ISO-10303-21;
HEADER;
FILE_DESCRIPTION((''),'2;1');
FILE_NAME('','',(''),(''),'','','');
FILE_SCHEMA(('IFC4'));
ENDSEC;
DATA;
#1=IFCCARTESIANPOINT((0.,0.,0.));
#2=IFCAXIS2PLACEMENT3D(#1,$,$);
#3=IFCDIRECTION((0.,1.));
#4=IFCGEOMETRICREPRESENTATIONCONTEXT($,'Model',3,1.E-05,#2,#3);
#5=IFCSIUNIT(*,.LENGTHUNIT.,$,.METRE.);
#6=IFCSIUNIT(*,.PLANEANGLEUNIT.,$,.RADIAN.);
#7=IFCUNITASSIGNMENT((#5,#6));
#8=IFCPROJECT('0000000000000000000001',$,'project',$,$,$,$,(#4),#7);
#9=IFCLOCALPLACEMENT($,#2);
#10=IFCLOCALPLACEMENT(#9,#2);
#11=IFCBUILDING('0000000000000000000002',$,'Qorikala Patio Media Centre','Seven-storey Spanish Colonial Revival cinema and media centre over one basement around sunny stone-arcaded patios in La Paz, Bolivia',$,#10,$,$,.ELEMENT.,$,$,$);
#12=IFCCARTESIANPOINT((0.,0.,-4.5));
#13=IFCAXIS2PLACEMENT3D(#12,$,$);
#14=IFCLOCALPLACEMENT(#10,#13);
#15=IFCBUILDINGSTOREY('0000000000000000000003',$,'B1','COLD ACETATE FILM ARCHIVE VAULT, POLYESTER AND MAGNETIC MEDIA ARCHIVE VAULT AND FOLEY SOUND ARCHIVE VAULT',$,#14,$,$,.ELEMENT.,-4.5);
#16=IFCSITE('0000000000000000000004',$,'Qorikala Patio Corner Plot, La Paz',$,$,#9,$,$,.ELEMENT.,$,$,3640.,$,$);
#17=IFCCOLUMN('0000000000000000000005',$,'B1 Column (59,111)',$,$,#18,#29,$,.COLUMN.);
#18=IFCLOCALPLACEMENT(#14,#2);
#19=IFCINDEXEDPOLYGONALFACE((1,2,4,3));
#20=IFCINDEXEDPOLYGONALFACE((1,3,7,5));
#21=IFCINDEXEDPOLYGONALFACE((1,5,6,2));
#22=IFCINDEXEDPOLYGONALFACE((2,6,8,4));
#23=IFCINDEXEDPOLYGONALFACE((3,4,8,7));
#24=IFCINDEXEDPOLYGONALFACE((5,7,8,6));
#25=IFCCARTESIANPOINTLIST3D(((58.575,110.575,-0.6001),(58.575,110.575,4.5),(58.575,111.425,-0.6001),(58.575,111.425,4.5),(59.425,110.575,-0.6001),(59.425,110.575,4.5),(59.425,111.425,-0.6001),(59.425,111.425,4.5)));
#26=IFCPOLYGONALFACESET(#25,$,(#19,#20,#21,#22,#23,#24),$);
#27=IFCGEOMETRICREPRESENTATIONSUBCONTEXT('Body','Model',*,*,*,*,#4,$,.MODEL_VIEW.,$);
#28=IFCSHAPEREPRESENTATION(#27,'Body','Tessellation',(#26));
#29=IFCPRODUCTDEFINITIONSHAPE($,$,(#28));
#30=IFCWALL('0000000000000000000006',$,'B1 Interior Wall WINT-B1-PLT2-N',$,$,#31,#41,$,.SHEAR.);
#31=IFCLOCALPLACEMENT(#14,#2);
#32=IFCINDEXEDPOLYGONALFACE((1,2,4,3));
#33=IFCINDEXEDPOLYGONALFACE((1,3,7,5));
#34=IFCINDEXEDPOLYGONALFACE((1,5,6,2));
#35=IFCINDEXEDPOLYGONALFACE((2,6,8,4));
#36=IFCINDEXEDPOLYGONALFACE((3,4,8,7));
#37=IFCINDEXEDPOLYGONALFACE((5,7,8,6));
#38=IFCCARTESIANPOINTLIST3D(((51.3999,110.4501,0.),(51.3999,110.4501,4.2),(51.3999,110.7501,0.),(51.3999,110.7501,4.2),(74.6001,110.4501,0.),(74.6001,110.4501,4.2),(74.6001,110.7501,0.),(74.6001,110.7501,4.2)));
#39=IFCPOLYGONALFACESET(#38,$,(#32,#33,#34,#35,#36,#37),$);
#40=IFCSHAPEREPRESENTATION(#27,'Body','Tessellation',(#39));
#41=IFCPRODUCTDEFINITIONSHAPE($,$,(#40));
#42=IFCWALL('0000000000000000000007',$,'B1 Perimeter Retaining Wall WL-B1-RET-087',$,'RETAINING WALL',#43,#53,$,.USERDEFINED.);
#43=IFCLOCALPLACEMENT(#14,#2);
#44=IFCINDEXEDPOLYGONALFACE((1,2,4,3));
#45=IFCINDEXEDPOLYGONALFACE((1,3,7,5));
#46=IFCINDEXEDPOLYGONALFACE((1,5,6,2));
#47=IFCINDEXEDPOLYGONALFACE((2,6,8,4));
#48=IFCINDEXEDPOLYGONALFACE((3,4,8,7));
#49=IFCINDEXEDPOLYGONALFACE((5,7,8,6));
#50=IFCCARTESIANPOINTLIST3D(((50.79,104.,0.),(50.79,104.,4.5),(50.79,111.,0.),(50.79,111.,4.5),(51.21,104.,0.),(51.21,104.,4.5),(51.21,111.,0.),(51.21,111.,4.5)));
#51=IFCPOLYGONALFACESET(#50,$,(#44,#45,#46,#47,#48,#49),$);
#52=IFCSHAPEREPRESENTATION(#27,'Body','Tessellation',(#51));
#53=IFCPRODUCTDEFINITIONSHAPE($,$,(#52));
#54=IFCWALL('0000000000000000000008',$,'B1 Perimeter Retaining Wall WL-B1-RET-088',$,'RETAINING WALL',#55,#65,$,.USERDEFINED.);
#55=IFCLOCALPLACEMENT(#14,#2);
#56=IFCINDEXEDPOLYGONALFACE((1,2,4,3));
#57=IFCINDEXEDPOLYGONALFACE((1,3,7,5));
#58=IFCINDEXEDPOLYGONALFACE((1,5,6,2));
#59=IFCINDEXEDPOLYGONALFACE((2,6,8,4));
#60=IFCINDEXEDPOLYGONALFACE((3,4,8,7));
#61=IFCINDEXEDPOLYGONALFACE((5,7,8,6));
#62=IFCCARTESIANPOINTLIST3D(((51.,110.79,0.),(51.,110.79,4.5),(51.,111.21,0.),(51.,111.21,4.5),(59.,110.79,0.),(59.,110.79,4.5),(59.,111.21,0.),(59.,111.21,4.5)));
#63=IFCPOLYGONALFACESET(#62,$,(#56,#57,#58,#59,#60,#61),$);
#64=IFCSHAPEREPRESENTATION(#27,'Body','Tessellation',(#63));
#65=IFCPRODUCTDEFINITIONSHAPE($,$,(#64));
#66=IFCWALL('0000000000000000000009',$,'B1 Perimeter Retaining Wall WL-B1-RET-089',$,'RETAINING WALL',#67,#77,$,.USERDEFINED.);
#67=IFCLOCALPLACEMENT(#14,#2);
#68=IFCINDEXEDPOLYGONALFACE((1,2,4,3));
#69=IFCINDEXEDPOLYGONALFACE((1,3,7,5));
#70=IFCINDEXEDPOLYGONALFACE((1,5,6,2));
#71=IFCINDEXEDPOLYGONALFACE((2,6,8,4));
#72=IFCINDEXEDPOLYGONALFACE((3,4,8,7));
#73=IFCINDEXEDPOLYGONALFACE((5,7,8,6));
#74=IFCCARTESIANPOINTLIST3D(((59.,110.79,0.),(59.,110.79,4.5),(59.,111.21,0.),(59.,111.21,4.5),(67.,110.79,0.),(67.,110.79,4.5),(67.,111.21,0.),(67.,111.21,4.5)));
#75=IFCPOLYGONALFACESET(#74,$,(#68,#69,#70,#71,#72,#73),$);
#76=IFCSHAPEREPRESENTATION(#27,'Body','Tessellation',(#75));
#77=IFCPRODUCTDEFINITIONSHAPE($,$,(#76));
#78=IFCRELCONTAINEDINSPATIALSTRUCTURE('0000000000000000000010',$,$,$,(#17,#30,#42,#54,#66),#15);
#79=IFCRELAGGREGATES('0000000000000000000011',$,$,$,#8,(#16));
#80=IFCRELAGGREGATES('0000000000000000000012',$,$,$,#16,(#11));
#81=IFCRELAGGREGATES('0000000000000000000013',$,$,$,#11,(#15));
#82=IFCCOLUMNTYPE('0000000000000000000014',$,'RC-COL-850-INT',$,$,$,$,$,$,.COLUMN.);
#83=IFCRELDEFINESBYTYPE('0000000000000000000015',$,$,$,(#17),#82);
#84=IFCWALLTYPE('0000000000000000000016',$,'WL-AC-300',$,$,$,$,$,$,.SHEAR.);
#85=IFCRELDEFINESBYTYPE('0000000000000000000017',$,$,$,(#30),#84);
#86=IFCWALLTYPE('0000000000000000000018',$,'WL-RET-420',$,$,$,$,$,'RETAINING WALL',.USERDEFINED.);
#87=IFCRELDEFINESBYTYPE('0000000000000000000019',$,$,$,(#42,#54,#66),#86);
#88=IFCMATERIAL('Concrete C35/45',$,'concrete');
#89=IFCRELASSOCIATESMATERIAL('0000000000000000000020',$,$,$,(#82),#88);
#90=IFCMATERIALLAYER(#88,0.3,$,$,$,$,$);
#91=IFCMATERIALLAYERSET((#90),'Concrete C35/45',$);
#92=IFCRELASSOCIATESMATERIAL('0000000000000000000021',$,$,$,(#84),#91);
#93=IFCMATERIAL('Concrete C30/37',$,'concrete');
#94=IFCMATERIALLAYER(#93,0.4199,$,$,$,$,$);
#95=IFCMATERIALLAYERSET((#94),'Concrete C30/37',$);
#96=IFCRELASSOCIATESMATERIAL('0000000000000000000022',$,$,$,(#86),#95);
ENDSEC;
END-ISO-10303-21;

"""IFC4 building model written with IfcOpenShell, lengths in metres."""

from ifc_helpers import new_model, si_unit, direction, frame, frame_2d, origin, origin_2d, place, context, subcontext, project, spatial, rectangle, extrude, material, layer, layer_set, material_profile, profile_set, type_object, element, save


model = new_model("IFC4")

# Units and contexts
model_context = context("Model", 3, precision=1e-05, world=origin(), true_north=direction((0.0, 1.0)))
body_context = subcontext(model_context, "Body", "Model", "MODEL_VIEW")
ifc_project = project(units=[si_unit("LENGTHUNIT", "METRE"), si_unit("PLANEANGLEUNIT", "RADIAN")], contexts=[model_context])

# Site, building, storey
site_placement = place(None, origin())
site = spatial("IfcSite", under=ifc_project, at=site_placement, Name="Qorikala Patio Corner Plot, La Paz", CompositionType="ELEMENT", RefElevation=3640.0)
building_placement = place(site_placement, origin())
building = spatial("IfcBuilding", under=site, at=building_placement, Name="Qorikala Patio Media Centre", Description="Seven-storey Spanish Colonial Revival cinema and media centre over one basement around sunny stone-arcaded patios in La Paz, Bolivia", CompositionType="ELEMENT")
storey_placement = place(building_placement, frame((0.0, 0.0, -4.5)))
storey = spatial("IfcBuildingStorey", under=building, at=storey_placement, Name="B1", Description="COLD ACETATE FILM ARCHIVE VAULT, POLYESTER AND MAGNETIC MEDIA ARCHIVE VAULT AND FOLEY SOUND ARCHIVE VAULT", CompositionType="ELEMENT", Elevation=-4.5)

# Shared definitions
ifc_material_1 = material(Name="Concrete C30/37", Category="concrete")

# Column
ifc_material_2 = material(Name="Concrete C35/45", Category="concrete")
ifc_material_profile_1 = material_profile(ifc_material_2, rectangle(XDim=0.8501, YDim=0.8501, at=origin_2d()), Name="RC 850x850")
ifc_profile_set_1 = profile_set([ifc_material_profile_1], Name="Concrete C35/45")
column_type = type_object("IfcColumnType", Name="RC-COL-850-INT", PredefinedType="COLUMN", material=ifc_profile_set_1)
for number, where, z_axis, x_axis, name in (
    (1, (59.0, 111.0, -0.6001), (0.0, 0.0, 1.0), (1.0, 0.0, 0.0), "B1 Column (59,111)"),
):
    element("IfcColumn", number, at=place(storey_placement, frame(where, z_axis=z_axis, x_axis=x_axis)), inside=storey, type_object=column_type, Name=name, PredefinedType="COLUMN", context=body_context, shape_type="SweptSolid", body=[
        extrude(rectangle(XDim=0.8501, YDim=0.8501, at=origin_2d()), origin(), (0.0, 0.0, 1.0), 5.1001),
    ])

# Walls
ifc_layer_1 = layer(ifc_material_2, 0.3)
ifc_layer_set_1 = layer_set([ifc_layer_1], Name="Concrete C35/45")
wall_type_1 = type_object("IfcWallType", Name="WL-AC-300", PredefinedType="SHEAR", material=ifc_layer_set_1)
wall_1_placement = place(storey_placement, frame((51.3999, 110.6001, 0.0), z_axis=(0.0, 0.0, 1.0), x_axis=(1.0, 0.0, 0.0)))
element("IfcWall", 2, at=wall_1_placement, inside=storey, type_object=wall_type_1, Name="B1 Interior Wall WINT-B1-PLT2-N", PredefinedType="SHEAR", context=body_context, shape_type="SweptSolid", body=[
    extrude(rectangle(XDim=23.2002, YDim=0.3, at=frame_2d((11.6001, 0.0))), origin(), (0.0, 0.0, 1.0), 4.2),
])
ifc_layer_2 = layer(ifc_material_1, 0.4199)
ifc_layer_set_2 = layer_set([ifc_layer_2], Name="Concrete C30/37")
wall_type_2 = type_object("IfcWallType", Name="WL-RET-420", ElementType="RETAINING WALL", PredefinedType="USERDEFINED", material=ifc_layer_set_2)
wall_2_placement = place(storey_placement, frame((51.0, 104.0, 0.0), z_axis=(0.0, 0.0, 1.0), x_axis=(0.0, 1.0, 0.0)))
element("IfcWall", 3, at=wall_2_placement, inside=storey, type_object=wall_type_2, Name="B1 Perimeter Retaining Wall WL-B1-RET-087", ObjectType="RETAINING WALL", PredefinedType="USERDEFINED", context=body_context, shape_type="SweptSolid", body=[
    extrude(rectangle(XDim=7.0, YDim=0.4199, at=frame_2d((3.5, 0.0))), origin(), (0.0, 0.0, 1.0), 4.5),
])
for number, where, z_axis, x_axis, name in (
    (4, (51.0, 111.0, 0.0), (0.0, 0.0, 1.0), (1.0, 0.0, 0.0), "B1 Perimeter Retaining Wall WL-B1-RET-088"),
    (5, (59.0, 111.0, 0.0), (0.0, 0.0, 1.0), (1.0, 0.0, 0.0), "B1 Perimeter Retaining Wall WL-B1-RET-089"),
):
    element("IfcWall", number, at=place(storey_placement, frame(where, z_axis=z_axis, x_axis=x_axis)), inside=storey, type_object=wall_type_2, Name=name, ObjectType="RETAINING WALL", PredefinedType="USERDEFINED", context=body_context, shape_type="SweptSolid", body=[
        extrude(rectangle(XDim=8.0, YDim=0.4199, at=frame_2d((4.0, 0.0))), origin(), (0.0, 0.0, 1.0), 4.5),
    ])

save(model, "model.ifc")
